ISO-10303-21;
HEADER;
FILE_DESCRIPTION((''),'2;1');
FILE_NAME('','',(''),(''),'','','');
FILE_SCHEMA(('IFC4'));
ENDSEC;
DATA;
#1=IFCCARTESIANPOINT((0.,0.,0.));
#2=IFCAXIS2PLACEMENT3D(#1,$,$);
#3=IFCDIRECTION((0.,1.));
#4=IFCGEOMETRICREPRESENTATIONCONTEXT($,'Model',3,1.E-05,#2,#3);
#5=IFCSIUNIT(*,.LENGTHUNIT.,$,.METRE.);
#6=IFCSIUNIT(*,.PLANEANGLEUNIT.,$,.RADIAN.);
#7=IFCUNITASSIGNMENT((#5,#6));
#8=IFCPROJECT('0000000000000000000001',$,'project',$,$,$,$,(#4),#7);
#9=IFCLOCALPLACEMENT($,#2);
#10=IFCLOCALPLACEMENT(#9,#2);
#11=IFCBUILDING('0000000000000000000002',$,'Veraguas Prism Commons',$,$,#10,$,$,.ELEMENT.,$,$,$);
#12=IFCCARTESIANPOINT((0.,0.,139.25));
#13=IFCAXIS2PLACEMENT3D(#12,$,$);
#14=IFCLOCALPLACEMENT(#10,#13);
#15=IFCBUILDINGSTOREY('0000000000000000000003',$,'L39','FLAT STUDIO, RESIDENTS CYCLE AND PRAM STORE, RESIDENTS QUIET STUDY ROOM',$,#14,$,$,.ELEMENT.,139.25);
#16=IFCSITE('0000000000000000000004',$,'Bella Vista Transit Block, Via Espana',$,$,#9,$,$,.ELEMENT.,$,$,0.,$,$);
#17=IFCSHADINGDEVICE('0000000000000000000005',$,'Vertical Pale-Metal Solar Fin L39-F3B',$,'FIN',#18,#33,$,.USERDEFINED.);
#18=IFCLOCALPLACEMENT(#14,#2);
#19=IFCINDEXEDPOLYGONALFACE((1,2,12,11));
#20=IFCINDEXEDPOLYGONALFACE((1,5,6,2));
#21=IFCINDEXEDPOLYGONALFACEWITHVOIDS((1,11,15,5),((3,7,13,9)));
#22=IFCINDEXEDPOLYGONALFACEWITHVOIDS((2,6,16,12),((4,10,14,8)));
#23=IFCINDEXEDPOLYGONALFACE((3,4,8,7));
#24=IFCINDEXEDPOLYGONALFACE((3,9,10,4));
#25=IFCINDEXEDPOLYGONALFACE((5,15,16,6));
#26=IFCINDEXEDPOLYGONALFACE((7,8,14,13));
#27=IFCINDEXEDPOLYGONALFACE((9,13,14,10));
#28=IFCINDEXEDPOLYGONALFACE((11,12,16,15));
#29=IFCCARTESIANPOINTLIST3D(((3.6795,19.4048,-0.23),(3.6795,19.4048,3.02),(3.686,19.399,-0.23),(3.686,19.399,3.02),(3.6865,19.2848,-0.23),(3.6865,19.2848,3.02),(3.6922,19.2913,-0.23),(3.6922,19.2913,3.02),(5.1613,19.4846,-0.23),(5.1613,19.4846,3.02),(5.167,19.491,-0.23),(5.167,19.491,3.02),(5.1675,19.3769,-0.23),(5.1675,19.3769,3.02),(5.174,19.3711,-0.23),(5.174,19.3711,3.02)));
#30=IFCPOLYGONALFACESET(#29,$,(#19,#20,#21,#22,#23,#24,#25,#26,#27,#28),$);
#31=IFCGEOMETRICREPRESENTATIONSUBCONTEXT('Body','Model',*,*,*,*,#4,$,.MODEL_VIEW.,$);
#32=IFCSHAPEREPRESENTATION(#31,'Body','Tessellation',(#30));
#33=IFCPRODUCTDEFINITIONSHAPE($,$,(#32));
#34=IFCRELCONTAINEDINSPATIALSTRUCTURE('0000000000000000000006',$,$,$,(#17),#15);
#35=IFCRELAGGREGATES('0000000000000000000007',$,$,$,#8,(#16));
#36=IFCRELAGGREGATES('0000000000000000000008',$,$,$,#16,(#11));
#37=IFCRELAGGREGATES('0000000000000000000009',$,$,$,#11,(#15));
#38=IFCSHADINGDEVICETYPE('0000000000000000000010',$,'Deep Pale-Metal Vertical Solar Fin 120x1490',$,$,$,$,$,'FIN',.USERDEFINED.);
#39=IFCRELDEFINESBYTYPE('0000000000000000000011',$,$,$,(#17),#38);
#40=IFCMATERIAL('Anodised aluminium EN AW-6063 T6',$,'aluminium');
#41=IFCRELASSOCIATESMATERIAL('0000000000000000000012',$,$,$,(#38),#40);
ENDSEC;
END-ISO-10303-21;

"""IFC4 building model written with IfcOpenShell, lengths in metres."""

from ifc_helpers import new_model, si_unit, direction, frame, origin, origin_2d, place, context, subcontext, project, spatial, hollow_rectangle, extrude, material, material_profile, profile_set, type_object, element, save


model = new_model("IFC4")

# Units and contexts
model_context = context("Model", 3, precision=1e-05, world=origin(), true_north=direction((0.0, 1.0)))
body_context = subcontext(model_context, "Body", "Model", "MODEL_VIEW")
ifc_project = project(units=[si_unit("LENGTHUNIT", "METRE"), si_unit("PLANEANGLEUNIT", "RADIAN")], contexts=[model_context])

# Site, building, storey
site_placement = place(None, origin())
site = spatial("IfcSite", under=ifc_project, at=site_placement, Name="Bella Vista Transit Block, Via Espana", CompositionType="ELEMENT", RefElevation=0.0)
building_placement = place(site_placement, origin())
building = spatial("IfcBuilding", under=site, at=building_placement, Name="Veraguas Prism Commons", CompositionType="ELEMENT")
storey_placement = place(building_placement, frame((0.0, 0.0, 139.25)))
storey = spatial("IfcBuildingStorey", under=building, at=storey_placement, Name="L39", Description="FLAT STUDIO, RESIDENTS CYCLE AND PRAM STORE, RESIDENTS QUIET STUDY ROOM", CompositionType="ELEMENT", Elevation=139.25)

# Shared definitions
ifc_material_1 = material(Name="Anodised aluminium EN AW-6063 T6", Category="aluminium")

# Shading device
ifc_material_profile_1 = material_profile(ifc_material_1, hollow_rectangle(XDim=0.1201, YDim=1.49, WallThickness=0.0061, at=origin_2d()), Name="FIN120X1490X6")
ifc_profile_set_1 = profile_set([ifc_material_profile_1], Name="Anodised aluminium EN AW-6063 T6")
shading_device_type = type_object("IfcShadingDeviceType", Name="Deep Pale-Metal Vertical Solar Fin 120x1490", ElementType="FIN", PredefinedType="USERDEFINED", material=ifc_profile_set_1)
shading_device_placement = place(storey_placement, frame((4.4268, 19.3879, -0.23), z_axis=(0.0, 0.0, 1.0), x_axis=(0.057911, -0.998322, 0.0)))
element("IfcShadingDevice", 1, at=shading_device_placement, inside=storey, type_object=shading_device_type, Name="Vertical Pale-Metal Solar Fin L39-F3B", ObjectType="FIN", PredefinedType="USERDEFINED", context=body_context, shape_type="SweptSolid", body=[
    extrude(hollow_rectangle(XDim=0.1201, YDim=1.49, WallThickness=0.0061, at=origin_2d()), origin(), (0.0, 0.0, 1.0), 3.25),
])

save(model, "model.ifc")
